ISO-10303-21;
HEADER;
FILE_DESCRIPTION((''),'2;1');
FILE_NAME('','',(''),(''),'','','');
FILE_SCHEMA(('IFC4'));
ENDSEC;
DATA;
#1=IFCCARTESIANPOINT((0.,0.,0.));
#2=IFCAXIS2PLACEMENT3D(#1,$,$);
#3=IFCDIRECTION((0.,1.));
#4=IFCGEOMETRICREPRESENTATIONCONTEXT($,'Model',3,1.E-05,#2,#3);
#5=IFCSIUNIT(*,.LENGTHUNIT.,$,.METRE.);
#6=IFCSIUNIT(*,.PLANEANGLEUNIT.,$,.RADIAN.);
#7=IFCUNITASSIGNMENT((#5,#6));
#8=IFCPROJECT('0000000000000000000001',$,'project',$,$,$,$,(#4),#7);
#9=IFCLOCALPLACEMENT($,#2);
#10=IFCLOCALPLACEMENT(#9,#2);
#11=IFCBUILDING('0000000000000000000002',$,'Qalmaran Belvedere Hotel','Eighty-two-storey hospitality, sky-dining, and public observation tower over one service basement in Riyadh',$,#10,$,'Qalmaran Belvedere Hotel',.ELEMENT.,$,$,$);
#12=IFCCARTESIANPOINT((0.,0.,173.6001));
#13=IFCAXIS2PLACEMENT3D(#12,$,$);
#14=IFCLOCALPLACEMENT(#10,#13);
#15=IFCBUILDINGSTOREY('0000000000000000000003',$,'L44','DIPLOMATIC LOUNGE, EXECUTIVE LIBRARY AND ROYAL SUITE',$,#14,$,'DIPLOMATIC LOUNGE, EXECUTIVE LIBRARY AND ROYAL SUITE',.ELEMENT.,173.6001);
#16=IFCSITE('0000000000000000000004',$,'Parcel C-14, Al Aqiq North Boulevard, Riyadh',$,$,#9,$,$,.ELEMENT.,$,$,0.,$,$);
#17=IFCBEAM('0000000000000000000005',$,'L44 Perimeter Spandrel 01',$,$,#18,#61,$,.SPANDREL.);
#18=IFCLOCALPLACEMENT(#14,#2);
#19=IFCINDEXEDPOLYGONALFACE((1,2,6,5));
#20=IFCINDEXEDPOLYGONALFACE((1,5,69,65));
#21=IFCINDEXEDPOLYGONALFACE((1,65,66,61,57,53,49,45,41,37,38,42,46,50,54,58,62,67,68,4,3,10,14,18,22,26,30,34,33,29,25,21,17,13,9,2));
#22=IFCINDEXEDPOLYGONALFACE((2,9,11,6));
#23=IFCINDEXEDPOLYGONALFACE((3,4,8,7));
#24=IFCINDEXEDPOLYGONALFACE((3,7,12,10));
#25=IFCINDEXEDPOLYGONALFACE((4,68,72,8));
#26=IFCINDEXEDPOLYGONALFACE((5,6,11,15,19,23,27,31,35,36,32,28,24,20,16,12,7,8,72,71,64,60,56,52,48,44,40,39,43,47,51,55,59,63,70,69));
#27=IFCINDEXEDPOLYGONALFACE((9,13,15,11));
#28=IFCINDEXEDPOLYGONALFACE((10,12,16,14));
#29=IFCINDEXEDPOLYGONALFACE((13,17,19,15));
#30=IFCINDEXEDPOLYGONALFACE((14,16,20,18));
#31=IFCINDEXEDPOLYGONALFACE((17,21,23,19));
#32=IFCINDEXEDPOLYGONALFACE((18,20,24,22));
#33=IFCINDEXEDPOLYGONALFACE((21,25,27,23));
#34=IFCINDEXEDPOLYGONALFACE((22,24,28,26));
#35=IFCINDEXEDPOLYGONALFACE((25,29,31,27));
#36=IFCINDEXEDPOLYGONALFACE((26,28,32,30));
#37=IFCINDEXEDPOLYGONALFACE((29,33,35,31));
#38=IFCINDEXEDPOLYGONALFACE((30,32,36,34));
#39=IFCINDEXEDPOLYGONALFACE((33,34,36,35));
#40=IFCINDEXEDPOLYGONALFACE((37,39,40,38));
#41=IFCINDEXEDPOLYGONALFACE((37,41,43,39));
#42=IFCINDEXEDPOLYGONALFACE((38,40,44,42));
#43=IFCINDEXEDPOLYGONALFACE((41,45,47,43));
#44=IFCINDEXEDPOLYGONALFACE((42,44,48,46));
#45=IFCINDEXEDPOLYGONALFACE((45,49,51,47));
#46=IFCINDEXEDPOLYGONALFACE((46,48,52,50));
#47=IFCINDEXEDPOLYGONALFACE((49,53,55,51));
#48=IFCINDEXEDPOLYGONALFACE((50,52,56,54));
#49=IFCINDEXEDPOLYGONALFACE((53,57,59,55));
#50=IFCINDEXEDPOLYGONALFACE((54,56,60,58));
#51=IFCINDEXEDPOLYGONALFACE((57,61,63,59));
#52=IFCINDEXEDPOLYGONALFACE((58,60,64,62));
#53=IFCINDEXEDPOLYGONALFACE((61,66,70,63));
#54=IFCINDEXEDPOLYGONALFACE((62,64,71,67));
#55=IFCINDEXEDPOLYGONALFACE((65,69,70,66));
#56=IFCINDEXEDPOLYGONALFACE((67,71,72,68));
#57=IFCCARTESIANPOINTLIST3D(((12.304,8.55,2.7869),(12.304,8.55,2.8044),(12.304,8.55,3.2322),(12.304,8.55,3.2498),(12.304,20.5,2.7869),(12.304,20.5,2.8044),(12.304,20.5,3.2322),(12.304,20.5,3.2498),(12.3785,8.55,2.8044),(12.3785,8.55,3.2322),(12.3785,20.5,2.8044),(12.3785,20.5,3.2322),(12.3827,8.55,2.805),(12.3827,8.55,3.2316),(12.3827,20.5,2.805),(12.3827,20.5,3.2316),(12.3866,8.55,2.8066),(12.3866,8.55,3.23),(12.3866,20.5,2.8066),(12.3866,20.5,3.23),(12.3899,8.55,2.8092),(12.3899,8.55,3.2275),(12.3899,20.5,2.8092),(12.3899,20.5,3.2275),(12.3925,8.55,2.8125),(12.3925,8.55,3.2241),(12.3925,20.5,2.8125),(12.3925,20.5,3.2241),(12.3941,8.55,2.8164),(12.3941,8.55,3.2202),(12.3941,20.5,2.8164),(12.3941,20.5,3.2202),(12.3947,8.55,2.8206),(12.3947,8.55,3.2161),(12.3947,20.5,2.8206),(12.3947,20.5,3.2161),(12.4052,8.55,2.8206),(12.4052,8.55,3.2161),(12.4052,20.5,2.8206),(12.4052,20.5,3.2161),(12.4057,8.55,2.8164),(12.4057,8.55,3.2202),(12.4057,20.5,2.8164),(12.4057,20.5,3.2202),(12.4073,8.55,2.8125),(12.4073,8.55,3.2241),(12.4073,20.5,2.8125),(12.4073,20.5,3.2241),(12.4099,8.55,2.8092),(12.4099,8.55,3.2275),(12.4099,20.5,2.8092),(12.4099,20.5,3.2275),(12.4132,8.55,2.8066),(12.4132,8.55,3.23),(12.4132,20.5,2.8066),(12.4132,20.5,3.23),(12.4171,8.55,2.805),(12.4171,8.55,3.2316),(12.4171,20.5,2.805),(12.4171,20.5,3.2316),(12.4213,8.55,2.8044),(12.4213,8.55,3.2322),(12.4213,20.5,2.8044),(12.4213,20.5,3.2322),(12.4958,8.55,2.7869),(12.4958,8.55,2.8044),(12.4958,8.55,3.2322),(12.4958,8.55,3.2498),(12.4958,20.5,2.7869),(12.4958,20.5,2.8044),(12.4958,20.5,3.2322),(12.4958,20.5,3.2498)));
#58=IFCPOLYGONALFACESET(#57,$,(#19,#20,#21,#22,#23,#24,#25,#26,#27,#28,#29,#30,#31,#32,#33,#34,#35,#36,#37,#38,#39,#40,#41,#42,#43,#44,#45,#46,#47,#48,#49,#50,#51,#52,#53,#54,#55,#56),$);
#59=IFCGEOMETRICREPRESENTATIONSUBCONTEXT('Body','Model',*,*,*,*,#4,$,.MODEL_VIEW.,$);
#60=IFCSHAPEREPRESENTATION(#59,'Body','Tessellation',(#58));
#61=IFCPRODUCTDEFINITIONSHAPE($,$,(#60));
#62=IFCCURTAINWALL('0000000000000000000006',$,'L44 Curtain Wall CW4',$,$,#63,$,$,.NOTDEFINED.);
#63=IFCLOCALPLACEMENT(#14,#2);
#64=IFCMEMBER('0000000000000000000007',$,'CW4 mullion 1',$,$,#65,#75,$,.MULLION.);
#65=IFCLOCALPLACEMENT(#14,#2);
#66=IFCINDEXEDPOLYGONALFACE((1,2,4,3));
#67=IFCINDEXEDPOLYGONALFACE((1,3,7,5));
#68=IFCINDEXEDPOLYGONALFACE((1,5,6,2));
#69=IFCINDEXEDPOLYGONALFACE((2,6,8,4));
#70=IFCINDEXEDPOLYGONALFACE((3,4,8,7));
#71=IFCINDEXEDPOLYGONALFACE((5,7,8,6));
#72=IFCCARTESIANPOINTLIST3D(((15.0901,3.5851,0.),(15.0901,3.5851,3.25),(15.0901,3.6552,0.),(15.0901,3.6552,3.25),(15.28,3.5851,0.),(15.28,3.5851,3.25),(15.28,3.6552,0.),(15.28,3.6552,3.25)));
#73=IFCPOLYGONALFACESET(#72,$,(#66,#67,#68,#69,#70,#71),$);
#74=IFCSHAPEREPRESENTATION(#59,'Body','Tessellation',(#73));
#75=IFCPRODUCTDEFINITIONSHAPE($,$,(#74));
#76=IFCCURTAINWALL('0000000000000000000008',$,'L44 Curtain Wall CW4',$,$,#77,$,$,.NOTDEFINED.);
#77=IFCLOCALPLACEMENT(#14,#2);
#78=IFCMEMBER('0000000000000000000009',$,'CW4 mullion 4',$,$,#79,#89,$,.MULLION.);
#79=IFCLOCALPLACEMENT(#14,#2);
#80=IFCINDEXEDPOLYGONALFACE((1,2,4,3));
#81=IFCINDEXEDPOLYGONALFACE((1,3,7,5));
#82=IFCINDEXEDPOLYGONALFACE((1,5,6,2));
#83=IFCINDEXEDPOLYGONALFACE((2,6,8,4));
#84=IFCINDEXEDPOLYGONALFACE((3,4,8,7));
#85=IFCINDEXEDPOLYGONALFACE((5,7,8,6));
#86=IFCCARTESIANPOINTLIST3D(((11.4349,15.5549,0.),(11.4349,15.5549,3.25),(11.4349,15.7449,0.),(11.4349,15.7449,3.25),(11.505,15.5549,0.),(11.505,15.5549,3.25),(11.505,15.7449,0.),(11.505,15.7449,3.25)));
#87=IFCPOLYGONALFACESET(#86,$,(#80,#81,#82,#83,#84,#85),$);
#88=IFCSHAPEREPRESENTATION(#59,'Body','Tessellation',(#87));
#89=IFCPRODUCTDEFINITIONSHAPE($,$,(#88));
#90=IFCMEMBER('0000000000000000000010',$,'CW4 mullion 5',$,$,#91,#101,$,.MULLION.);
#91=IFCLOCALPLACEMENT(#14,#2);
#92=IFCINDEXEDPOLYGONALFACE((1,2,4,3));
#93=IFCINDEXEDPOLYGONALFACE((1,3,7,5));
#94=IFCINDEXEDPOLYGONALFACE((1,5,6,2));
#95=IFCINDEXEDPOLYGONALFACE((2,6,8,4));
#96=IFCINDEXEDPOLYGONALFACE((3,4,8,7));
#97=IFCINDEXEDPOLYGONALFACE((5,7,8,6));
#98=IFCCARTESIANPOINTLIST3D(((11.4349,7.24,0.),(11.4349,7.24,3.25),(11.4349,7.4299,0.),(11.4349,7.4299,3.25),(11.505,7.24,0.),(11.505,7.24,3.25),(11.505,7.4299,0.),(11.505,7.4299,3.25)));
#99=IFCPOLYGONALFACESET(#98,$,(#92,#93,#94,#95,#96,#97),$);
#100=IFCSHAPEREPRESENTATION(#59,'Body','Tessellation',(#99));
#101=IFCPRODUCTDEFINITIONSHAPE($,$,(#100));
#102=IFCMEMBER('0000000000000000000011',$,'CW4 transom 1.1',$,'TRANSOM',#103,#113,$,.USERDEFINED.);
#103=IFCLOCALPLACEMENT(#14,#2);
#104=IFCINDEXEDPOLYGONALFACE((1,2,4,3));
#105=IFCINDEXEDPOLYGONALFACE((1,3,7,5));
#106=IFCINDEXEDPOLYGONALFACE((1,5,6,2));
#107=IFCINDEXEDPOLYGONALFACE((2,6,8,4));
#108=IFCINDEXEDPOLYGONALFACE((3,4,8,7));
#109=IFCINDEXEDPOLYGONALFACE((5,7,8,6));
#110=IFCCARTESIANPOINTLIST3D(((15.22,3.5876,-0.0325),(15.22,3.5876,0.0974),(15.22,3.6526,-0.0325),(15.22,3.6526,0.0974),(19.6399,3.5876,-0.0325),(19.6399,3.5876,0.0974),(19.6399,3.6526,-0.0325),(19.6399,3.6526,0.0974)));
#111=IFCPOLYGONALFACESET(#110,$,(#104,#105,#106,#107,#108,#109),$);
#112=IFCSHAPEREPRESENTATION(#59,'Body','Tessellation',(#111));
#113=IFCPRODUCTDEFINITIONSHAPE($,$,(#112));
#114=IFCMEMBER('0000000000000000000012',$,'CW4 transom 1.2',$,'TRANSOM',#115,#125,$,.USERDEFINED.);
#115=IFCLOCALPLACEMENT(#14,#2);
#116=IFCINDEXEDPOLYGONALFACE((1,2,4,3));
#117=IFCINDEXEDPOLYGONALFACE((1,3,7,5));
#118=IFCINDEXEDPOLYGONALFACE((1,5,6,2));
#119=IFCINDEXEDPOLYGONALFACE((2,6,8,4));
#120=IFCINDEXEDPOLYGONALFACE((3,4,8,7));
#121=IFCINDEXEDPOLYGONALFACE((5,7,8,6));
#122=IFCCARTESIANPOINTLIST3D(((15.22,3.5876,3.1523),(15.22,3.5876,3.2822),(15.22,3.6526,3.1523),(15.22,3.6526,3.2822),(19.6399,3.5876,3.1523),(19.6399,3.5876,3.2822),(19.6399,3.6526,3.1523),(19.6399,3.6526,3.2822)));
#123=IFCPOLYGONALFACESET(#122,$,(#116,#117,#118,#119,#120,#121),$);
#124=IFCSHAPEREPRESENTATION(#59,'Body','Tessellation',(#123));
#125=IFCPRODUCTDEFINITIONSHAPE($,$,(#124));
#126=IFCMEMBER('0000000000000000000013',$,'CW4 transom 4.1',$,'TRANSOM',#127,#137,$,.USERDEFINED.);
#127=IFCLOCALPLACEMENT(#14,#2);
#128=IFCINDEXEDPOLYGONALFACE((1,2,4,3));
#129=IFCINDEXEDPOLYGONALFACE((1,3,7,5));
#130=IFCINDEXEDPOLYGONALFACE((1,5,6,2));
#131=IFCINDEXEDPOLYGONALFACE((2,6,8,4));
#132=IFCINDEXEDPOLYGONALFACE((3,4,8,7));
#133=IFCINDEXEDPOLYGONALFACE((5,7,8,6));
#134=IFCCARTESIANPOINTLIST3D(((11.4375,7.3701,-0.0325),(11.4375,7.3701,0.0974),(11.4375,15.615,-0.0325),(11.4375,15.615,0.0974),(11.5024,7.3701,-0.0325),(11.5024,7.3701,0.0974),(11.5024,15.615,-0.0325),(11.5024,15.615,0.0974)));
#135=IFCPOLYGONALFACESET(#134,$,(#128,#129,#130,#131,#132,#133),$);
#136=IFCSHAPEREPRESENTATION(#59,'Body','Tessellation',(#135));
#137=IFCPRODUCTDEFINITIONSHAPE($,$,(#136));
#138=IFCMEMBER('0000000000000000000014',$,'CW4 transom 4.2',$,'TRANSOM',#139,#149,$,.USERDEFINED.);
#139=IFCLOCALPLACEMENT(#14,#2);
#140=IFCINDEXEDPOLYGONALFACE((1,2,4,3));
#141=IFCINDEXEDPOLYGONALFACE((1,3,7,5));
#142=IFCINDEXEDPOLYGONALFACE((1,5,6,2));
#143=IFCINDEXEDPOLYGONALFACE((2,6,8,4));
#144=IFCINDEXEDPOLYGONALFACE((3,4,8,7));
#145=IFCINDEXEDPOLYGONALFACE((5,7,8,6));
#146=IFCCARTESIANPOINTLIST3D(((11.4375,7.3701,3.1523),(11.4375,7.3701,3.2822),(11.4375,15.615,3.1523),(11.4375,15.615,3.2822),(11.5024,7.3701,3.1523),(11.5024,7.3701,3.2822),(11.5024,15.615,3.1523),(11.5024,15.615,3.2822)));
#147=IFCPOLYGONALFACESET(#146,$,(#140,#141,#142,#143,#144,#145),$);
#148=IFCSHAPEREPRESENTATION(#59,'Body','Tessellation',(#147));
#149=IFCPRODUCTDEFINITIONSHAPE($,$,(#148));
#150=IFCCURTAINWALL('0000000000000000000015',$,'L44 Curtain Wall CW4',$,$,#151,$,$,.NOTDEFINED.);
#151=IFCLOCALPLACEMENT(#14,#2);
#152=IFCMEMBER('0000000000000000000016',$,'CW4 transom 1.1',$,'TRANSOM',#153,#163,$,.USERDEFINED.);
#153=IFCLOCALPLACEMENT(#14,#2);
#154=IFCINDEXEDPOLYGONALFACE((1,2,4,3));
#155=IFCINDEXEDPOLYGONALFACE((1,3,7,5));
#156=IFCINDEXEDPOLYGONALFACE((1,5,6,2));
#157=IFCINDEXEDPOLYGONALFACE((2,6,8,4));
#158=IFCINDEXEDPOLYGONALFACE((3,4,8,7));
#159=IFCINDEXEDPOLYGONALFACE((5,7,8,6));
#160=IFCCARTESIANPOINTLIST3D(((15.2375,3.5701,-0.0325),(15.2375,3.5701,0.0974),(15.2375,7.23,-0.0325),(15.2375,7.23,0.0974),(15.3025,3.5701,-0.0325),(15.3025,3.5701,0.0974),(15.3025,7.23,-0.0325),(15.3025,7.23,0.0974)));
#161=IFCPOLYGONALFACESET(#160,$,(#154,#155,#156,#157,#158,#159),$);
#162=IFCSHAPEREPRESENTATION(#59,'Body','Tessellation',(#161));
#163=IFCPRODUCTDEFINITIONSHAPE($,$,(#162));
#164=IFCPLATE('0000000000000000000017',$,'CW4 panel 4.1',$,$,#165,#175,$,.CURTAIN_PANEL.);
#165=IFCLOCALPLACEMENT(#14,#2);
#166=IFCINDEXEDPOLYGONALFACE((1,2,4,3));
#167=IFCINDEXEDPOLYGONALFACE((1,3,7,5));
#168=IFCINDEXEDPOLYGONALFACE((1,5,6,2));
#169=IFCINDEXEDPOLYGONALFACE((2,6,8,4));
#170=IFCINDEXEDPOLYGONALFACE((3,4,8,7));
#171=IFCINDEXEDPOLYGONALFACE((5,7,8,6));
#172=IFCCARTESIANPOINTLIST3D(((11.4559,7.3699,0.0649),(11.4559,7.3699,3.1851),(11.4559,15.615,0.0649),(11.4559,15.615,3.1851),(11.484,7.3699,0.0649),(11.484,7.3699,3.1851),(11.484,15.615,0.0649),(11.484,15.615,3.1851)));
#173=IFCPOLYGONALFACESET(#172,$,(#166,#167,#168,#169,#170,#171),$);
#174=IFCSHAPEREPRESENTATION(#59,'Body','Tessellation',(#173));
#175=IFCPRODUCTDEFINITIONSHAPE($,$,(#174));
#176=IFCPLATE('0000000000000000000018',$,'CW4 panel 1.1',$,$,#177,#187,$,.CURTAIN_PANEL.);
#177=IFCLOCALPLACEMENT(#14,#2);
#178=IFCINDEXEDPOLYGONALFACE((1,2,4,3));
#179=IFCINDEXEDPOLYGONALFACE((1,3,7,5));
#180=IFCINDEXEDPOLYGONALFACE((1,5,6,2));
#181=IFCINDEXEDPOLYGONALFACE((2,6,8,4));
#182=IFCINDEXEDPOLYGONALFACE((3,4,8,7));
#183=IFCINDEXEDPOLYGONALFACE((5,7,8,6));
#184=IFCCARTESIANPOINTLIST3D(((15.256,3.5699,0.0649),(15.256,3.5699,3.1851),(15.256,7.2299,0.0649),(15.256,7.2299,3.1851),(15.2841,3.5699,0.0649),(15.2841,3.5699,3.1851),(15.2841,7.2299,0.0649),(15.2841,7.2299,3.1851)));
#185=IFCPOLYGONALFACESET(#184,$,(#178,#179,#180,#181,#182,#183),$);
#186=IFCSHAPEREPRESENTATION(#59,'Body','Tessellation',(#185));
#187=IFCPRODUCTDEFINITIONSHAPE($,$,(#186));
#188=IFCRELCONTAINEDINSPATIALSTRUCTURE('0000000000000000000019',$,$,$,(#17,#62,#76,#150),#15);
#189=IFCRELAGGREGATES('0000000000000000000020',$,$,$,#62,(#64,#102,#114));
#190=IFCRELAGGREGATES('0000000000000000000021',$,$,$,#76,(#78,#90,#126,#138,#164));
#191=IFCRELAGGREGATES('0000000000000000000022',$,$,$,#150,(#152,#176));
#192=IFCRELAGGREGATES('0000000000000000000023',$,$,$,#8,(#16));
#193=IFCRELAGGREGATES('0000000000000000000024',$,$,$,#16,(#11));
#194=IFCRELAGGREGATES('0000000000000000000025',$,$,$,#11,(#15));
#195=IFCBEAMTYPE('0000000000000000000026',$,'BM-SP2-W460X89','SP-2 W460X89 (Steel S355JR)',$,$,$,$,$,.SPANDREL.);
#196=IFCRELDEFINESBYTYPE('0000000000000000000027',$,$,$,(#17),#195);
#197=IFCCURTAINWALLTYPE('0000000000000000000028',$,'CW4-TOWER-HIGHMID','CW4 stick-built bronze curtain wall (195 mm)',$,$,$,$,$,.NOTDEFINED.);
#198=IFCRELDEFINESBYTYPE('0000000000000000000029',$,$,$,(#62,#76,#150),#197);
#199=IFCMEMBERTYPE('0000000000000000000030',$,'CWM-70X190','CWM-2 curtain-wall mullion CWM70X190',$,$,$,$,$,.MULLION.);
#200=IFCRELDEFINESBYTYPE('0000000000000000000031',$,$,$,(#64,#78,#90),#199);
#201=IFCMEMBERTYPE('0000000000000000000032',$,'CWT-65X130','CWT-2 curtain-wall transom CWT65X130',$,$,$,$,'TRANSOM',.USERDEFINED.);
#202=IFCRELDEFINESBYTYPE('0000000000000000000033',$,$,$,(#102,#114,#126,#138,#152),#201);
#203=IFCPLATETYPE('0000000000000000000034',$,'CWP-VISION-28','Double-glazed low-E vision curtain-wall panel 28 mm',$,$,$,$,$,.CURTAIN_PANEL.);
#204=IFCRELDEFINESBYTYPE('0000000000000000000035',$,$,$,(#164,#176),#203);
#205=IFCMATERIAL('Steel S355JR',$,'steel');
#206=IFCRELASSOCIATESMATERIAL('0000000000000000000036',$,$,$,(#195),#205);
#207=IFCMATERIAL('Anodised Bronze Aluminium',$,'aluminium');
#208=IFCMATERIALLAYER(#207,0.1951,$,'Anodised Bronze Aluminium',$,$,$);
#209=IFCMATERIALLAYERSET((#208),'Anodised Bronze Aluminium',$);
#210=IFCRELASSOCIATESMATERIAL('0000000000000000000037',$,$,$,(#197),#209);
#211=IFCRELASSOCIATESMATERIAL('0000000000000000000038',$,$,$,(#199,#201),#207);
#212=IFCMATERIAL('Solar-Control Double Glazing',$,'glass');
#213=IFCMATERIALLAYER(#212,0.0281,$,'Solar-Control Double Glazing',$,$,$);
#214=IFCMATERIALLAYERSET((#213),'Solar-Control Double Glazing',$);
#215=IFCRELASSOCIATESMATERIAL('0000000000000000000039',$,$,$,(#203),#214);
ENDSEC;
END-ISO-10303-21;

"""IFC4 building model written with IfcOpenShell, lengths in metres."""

from ifc_helpers import new_model, si_unit, direction, frame, origin, origin_2d, place, context, subcontext, project, spatial, rectangle, i_section, extrude, material, layer, layer_set, material_profile, profile_set, type_object, element, aggregate, save


model = new_model("IFC4")

# Units and contexts
model_context = context("Model", 3, precision=1e-05, world=origin(), true_north=direction((0.0, 1.0)))
body_context = subcontext(model_context, "Body", "Model", "MODEL_VIEW")
ifc_project = project(units=[si_unit("LENGTHUNIT", "METRE"), si_unit("PLANEANGLEUNIT", "RADIAN")], contexts=[model_context])

# Site, building, storey
site_placement = place(None, origin())
site = spatial("IfcSite", under=ifc_project, at=site_placement, Name="Parcel C-14, Al Aqiq North Boulevard, Riyadh", CompositionType="ELEMENT", RefElevation=0.0)
building_placement = place(site_placement, origin())
building = spatial("IfcBuilding", under=site, at=building_placement, Name="Qalmaran Belvedere Hotel", Description="Eighty-two-storey hospitality, sky-dining, and public observation tower over one service basement in Riyadh", LongName="Qalmaran Belvedere Hotel", CompositionType="ELEMENT")
storey_placement = place(building_placement, frame((0.0, 0.0, 173.6001)))
storey = spatial("IfcBuildingStorey", under=building, at=storey_placement, Name="L44", Description="DIPLOMATIC LOUNGE, EXECUTIVE LIBRARY AND ROYAL SUITE", LongName="DIPLOMATIC LOUNGE, EXECUTIVE LIBRARY AND ROYAL SUITE", CompositionType="ELEMENT", Elevation=173.6001)

# Beam
ifc_material_1 = material(Name="Steel S355JR", Category="steel")
ifc_material_profile_1 = material_profile(ifc_material_1, i_section(OverallWidth=0.1919, OverallDepth=0.4629, WebThickness=0.0105, FlangeThickness=0.0176, FilletRadius=0.0161, at=origin_2d()), Name="W460X89")
ifc_profile_set_1 = profile_set([ifc_material_profile_1], Name="Steel S355JR")
beam_type_1 = type_object("IfcBeamType", Name="BM-SP2-W460X89", Description="SP-2 W460X89 (Steel S355JR)", PredefinedType="SPANDREL", material=ifc_profile_set_1)
beam_1_placement = place(storey_placement, frame((12.3999, 8.55, 3.0183), z_axis=(0.0, 1.0, 0.0), x_axis=(-1.0, 0.0, 0.0)))
element("IfcBeam", 1, at=beam_1_placement, inside=storey, type_object=beam_type_1, Name="L44 Perimeter Spandrel 01", PredefinedType="SPANDREL", context=body_context, shape_type="SweptSolid", body=[
    extrude(i_section(OverallWidth=0.1919, OverallDepth=0.4629, WebThickness=0.0105, FlangeThickness=0.0176, FilletRadius=0.0161, at=origin_2d()), origin(), (0.0, 0.0, 1.0), 11.95),
])

# Curtain wall, member
ifc_material_2 = material(Name="Anodised Bronze Aluminium", Category="aluminium")
ifc_layer_1 = layer(ifc_material_2, 0.1951, Name="Anodised Bronze Aluminium")
ifc_layer_set_1 = layer_set([ifc_layer_1], Name="Anodised Bronze Aluminium")
curtain_wall_type = type_object("IfcCurtainWallType", Name="CW4-TOWER-HIGHMID", Description="CW4 stick-built bronze curtain wall (195 mm)", PredefinedType="NOTDEFINED", material=ifc_layer_set_1)
curtain_wall_1_placement = place(storey_placement, origin())
curtain_wall_1 = element("IfcCurtainWall", 2, at=curtain_wall_1_placement, inside=storey, type_object=curtain_wall_type, Name="L44 Curtain Wall CW4", PredefinedType="NOTDEFINED")
ifc_material_profile_2 = material_profile(ifc_material_2, rectangle(XDim=0.0701, YDim=0.1899, at=origin_2d()), Name="CWM70X190")
ifc_profile_set_2 = profile_set([ifc_material_profile_2], Name="Anodised Bronze Aluminium")
member_type_1 = type_object("IfcMemberType", Name="CWM-70X190", Description="CWM-2 curtain-wall mullion CWM70X190", PredefinedType="MULLION", material=ifc_profile_set_2)
member_1_placement = place(storey_placement, frame((15.1851, 3.6201, 0.0), z_axis=(0.0, 0.0, 1.0), x_axis=(0.0, 1.0, 0.0)))
member_1 = element("IfcMember", 3, at=member_1_placement, type_object=member_type_1, Name="CW4 mullion 1", PredefinedType="MULLION", context=body_context, shape_type="SweptSolid", body=[
    extrude(rectangle(XDim=0.0701, YDim=0.1899, at=origin_2d()), origin(), (0.0, 0.0, 1.0), 3.25),
])

# Curtain wall, members
curtain_wall_2_placement = place(storey_placement, origin())
curtain_wall_2 = element("IfcCurtainWall", 4, at=curtain_wall_2_placement, inside=storey, type_object=curtain_wall_type, Name="L44 Curtain Wall CW4", PredefinedType="NOTDEFINED")
member_2_placement = place(storey_placement, frame((11.47, 15.6499, 0.0), z_axis=(0.0, 0.0, 1.0), x_axis=(1.0, 0.0, 0.0)))
member_2 = element("IfcMember", 5, at=member_2_placement, type_object=member_type_1, Name="CW4 mullion 4", PredefinedType="MULLION", context=body_context, shape_type="SweptSolid", body=[
    extrude(rectangle(XDim=0.0701, YDim=0.1899, at=origin_2d()), origin(), (0.0, 0.0, 1.0), 3.25),
])
member_3_placement = place(storey_placement, frame((11.47, 7.335, 0.0), z_axis=(0.0, 0.0, 1.0), x_axis=(1.0, 0.0, 0.0)))
member_3 = element("IfcMember", 6, at=member_3_placement, type_object=member_type_1, Name="CW4 mullion 5", PredefinedType="MULLION", context=body_context, shape_type="SweptSolid", body=[
    extrude(rectangle(XDim=0.0701, YDim=0.1899, at=origin_2d()), origin(), (0.0, 0.0, 1.0), 3.25),
])

# Members
ifc_material_profile_3 = material_profile(ifc_material_2, rectangle(XDim=0.0649, YDim=0.1299, at=origin_2d()), Name="CWT65X130")
ifc_profile_set_3 = profile_set([ifc_material_profile_3], Name="Anodised Bronze Aluminium")
member_type_2 = type_object("IfcMemberType", Name="CWT-65X130", Description="CWT-2 curtain-wall transom CWT65X130", ElementType="TRANSOM", PredefinedType="USERDEFINED", material=ifc_profile_set_3)
member_4_placement = place(storey_placement, frame((15.22, 3.6201, 0.0325), z_axis=(1.0, 0.0, 0.0), x_axis=(0.0, 1.0, 0.0)))
member_4 = element("IfcMember", 7, at=member_4_placement, type_object=member_type_2, Name="CW4 transom 1.1", ObjectType="TRANSOM", PredefinedType="USERDEFINED", context=body_context, shape_type="SweptSolid", body=[
    extrude(rectangle(XDim=0.0649, YDim=0.1299, at=origin_2d()), origin(), (0.0, 0.0, 1.0), 4.4199),
])
member_5_placement = place(storey_placement, frame((15.22, 3.6201, 3.2173), z_axis=(1.0, 0.0, 0.0), x_axis=(0.0, 1.0, 0.0)))
member_5 = element("IfcMember", 8, at=member_5_placement, type_object=member_type_2, Name="CW4 transom 1.2", ObjectType="TRANSOM", PredefinedType="USERDEFINED", context=body_context, shape_type="SweptSolid", body=[
    extrude(rectangle(XDim=0.0649, YDim=0.1299, at=origin_2d()), origin(), (0.0, 0.0, 1.0), 4.4199),
])
aggregate(curtain_wall_1, [member_1, member_4, member_5])
member_6_placement = place(storey_placement, frame((11.47, 15.615, 0.0325), z_axis=(0.0, -1.0, 0.0), x_axis=(1.0, 0.0, 0.0)))
member_6 = element("IfcMember", 9, at=member_6_placement, type_object=member_type_2, Name="CW4 transom 4.1", ObjectType="TRANSOM", PredefinedType="USERDEFINED", context=body_context, shape_type="SweptSolid", body=[
    extrude(rectangle(XDim=0.0649, YDim=0.1299, at=origin_2d()), origin(), (0.0, 0.0, 1.0), 8.2449),
])
member_7_placement = place(storey_placement, frame((11.47, 15.615, 3.2173), z_axis=(0.0, -1.0, 0.0), x_axis=(1.0, 0.0, 0.0)))
member_7 = element("IfcMember", 10, at=member_7_placement, type_object=member_type_2, Name="CW4 transom 4.2", ObjectType="TRANSOM", PredefinedType="USERDEFINED", context=body_context, shape_type="SweptSolid", body=[
    extrude(rectangle(XDim=0.0649, YDim=0.1299, at=origin_2d()), origin(), (0.0, 0.0, 1.0), 8.2449),
])

# Curtain wall, member
curtain_wall_3_placement = place(storey_placement, origin())
curtain_wall_3 = element("IfcCurtainWall", 11, at=curtain_wall_3_placement, inside=storey, type_object=curtain_wall_type, Name="L44 Curtain Wall CW4", PredefinedType="NOTDEFINED")
member_8_placement = place(storey_placement, frame((15.27, 7.23, 0.0325), z_axis=(0.0, -1.0, 0.0), x_axis=(1.0, 0.0, 0.0)))
member_8 = element("IfcMember", 12, at=member_8_placement, type_object=member_type_2, Name="CW4 transom 1.1", ObjectType="TRANSOM", PredefinedType="USERDEFINED", context=body_context, shape_type="SweptSolid", body=[
    extrude(rectangle(XDim=0.0649, YDim=0.1299, at=origin_2d()), origin(), (0.0, 0.0, 1.0), 3.6599),
])

# Plates
ifc_material_3 = material(Name="Solar-Control Double Glazing", Category="glass")
ifc_layer_2 = layer(ifc_material_3, 0.0281, Name="Solar-Control Double Glazing")
ifc_layer_set_2 = layer_set([ifc_layer_2], Name="Solar-Control Double Glazing")
plate_type = type_object("IfcPlateType", Name="CWP-VISION-28", Description="Double-glazed low-E vision curtain-wall panel 28 mm", PredefinedType="CURTAIN_PANEL", material=ifc_layer_set_2)
plate_1_placement = place(storey_placement, frame((11.47, 11.4924, 0.0649), z_axis=(0.0, 0.0, 1.0), x_axis=(0.0, -1.0, 0.0)))
plate_1 = element("IfcPlate", 13, at=plate_1_placement, type_object=plate_type, Name="CW4 panel 4.1", PredefinedType="CURTAIN_PANEL", context=body_context, shape_type="SweptSolid", body=[
    extrude(rectangle(XDim=8.2451, YDim=0.0281, at=origin_2d()), origin(), (0.0, 0.0, 1.0), 3.1201),
])
aggregate(curtain_wall_2, [member_2, member_3, member_6, member_7, plate_1])
plate_2_placement = place(storey_placement, frame((15.27, 5.3999, 0.0649), z_axis=(0.0, 0.0, 1.0), x_axis=(0.0, -1.0, 0.0)))
plate_2 = element("IfcPlate", 14, at=plate_2_placement, type_object=plate_type, Name="CW4 panel 1.1", PredefinedType="CURTAIN_PANEL", context=body_context, shape_type="SweptSolid", body=[
    extrude(rectangle(XDim=3.6599, YDim=0.0281, at=origin_2d()), origin(), (0.0, 0.0, 1.0), 3.1201),
])
aggregate(curtain_wall_3, [member_8, plate_2])

save(model, "model.ifc")
